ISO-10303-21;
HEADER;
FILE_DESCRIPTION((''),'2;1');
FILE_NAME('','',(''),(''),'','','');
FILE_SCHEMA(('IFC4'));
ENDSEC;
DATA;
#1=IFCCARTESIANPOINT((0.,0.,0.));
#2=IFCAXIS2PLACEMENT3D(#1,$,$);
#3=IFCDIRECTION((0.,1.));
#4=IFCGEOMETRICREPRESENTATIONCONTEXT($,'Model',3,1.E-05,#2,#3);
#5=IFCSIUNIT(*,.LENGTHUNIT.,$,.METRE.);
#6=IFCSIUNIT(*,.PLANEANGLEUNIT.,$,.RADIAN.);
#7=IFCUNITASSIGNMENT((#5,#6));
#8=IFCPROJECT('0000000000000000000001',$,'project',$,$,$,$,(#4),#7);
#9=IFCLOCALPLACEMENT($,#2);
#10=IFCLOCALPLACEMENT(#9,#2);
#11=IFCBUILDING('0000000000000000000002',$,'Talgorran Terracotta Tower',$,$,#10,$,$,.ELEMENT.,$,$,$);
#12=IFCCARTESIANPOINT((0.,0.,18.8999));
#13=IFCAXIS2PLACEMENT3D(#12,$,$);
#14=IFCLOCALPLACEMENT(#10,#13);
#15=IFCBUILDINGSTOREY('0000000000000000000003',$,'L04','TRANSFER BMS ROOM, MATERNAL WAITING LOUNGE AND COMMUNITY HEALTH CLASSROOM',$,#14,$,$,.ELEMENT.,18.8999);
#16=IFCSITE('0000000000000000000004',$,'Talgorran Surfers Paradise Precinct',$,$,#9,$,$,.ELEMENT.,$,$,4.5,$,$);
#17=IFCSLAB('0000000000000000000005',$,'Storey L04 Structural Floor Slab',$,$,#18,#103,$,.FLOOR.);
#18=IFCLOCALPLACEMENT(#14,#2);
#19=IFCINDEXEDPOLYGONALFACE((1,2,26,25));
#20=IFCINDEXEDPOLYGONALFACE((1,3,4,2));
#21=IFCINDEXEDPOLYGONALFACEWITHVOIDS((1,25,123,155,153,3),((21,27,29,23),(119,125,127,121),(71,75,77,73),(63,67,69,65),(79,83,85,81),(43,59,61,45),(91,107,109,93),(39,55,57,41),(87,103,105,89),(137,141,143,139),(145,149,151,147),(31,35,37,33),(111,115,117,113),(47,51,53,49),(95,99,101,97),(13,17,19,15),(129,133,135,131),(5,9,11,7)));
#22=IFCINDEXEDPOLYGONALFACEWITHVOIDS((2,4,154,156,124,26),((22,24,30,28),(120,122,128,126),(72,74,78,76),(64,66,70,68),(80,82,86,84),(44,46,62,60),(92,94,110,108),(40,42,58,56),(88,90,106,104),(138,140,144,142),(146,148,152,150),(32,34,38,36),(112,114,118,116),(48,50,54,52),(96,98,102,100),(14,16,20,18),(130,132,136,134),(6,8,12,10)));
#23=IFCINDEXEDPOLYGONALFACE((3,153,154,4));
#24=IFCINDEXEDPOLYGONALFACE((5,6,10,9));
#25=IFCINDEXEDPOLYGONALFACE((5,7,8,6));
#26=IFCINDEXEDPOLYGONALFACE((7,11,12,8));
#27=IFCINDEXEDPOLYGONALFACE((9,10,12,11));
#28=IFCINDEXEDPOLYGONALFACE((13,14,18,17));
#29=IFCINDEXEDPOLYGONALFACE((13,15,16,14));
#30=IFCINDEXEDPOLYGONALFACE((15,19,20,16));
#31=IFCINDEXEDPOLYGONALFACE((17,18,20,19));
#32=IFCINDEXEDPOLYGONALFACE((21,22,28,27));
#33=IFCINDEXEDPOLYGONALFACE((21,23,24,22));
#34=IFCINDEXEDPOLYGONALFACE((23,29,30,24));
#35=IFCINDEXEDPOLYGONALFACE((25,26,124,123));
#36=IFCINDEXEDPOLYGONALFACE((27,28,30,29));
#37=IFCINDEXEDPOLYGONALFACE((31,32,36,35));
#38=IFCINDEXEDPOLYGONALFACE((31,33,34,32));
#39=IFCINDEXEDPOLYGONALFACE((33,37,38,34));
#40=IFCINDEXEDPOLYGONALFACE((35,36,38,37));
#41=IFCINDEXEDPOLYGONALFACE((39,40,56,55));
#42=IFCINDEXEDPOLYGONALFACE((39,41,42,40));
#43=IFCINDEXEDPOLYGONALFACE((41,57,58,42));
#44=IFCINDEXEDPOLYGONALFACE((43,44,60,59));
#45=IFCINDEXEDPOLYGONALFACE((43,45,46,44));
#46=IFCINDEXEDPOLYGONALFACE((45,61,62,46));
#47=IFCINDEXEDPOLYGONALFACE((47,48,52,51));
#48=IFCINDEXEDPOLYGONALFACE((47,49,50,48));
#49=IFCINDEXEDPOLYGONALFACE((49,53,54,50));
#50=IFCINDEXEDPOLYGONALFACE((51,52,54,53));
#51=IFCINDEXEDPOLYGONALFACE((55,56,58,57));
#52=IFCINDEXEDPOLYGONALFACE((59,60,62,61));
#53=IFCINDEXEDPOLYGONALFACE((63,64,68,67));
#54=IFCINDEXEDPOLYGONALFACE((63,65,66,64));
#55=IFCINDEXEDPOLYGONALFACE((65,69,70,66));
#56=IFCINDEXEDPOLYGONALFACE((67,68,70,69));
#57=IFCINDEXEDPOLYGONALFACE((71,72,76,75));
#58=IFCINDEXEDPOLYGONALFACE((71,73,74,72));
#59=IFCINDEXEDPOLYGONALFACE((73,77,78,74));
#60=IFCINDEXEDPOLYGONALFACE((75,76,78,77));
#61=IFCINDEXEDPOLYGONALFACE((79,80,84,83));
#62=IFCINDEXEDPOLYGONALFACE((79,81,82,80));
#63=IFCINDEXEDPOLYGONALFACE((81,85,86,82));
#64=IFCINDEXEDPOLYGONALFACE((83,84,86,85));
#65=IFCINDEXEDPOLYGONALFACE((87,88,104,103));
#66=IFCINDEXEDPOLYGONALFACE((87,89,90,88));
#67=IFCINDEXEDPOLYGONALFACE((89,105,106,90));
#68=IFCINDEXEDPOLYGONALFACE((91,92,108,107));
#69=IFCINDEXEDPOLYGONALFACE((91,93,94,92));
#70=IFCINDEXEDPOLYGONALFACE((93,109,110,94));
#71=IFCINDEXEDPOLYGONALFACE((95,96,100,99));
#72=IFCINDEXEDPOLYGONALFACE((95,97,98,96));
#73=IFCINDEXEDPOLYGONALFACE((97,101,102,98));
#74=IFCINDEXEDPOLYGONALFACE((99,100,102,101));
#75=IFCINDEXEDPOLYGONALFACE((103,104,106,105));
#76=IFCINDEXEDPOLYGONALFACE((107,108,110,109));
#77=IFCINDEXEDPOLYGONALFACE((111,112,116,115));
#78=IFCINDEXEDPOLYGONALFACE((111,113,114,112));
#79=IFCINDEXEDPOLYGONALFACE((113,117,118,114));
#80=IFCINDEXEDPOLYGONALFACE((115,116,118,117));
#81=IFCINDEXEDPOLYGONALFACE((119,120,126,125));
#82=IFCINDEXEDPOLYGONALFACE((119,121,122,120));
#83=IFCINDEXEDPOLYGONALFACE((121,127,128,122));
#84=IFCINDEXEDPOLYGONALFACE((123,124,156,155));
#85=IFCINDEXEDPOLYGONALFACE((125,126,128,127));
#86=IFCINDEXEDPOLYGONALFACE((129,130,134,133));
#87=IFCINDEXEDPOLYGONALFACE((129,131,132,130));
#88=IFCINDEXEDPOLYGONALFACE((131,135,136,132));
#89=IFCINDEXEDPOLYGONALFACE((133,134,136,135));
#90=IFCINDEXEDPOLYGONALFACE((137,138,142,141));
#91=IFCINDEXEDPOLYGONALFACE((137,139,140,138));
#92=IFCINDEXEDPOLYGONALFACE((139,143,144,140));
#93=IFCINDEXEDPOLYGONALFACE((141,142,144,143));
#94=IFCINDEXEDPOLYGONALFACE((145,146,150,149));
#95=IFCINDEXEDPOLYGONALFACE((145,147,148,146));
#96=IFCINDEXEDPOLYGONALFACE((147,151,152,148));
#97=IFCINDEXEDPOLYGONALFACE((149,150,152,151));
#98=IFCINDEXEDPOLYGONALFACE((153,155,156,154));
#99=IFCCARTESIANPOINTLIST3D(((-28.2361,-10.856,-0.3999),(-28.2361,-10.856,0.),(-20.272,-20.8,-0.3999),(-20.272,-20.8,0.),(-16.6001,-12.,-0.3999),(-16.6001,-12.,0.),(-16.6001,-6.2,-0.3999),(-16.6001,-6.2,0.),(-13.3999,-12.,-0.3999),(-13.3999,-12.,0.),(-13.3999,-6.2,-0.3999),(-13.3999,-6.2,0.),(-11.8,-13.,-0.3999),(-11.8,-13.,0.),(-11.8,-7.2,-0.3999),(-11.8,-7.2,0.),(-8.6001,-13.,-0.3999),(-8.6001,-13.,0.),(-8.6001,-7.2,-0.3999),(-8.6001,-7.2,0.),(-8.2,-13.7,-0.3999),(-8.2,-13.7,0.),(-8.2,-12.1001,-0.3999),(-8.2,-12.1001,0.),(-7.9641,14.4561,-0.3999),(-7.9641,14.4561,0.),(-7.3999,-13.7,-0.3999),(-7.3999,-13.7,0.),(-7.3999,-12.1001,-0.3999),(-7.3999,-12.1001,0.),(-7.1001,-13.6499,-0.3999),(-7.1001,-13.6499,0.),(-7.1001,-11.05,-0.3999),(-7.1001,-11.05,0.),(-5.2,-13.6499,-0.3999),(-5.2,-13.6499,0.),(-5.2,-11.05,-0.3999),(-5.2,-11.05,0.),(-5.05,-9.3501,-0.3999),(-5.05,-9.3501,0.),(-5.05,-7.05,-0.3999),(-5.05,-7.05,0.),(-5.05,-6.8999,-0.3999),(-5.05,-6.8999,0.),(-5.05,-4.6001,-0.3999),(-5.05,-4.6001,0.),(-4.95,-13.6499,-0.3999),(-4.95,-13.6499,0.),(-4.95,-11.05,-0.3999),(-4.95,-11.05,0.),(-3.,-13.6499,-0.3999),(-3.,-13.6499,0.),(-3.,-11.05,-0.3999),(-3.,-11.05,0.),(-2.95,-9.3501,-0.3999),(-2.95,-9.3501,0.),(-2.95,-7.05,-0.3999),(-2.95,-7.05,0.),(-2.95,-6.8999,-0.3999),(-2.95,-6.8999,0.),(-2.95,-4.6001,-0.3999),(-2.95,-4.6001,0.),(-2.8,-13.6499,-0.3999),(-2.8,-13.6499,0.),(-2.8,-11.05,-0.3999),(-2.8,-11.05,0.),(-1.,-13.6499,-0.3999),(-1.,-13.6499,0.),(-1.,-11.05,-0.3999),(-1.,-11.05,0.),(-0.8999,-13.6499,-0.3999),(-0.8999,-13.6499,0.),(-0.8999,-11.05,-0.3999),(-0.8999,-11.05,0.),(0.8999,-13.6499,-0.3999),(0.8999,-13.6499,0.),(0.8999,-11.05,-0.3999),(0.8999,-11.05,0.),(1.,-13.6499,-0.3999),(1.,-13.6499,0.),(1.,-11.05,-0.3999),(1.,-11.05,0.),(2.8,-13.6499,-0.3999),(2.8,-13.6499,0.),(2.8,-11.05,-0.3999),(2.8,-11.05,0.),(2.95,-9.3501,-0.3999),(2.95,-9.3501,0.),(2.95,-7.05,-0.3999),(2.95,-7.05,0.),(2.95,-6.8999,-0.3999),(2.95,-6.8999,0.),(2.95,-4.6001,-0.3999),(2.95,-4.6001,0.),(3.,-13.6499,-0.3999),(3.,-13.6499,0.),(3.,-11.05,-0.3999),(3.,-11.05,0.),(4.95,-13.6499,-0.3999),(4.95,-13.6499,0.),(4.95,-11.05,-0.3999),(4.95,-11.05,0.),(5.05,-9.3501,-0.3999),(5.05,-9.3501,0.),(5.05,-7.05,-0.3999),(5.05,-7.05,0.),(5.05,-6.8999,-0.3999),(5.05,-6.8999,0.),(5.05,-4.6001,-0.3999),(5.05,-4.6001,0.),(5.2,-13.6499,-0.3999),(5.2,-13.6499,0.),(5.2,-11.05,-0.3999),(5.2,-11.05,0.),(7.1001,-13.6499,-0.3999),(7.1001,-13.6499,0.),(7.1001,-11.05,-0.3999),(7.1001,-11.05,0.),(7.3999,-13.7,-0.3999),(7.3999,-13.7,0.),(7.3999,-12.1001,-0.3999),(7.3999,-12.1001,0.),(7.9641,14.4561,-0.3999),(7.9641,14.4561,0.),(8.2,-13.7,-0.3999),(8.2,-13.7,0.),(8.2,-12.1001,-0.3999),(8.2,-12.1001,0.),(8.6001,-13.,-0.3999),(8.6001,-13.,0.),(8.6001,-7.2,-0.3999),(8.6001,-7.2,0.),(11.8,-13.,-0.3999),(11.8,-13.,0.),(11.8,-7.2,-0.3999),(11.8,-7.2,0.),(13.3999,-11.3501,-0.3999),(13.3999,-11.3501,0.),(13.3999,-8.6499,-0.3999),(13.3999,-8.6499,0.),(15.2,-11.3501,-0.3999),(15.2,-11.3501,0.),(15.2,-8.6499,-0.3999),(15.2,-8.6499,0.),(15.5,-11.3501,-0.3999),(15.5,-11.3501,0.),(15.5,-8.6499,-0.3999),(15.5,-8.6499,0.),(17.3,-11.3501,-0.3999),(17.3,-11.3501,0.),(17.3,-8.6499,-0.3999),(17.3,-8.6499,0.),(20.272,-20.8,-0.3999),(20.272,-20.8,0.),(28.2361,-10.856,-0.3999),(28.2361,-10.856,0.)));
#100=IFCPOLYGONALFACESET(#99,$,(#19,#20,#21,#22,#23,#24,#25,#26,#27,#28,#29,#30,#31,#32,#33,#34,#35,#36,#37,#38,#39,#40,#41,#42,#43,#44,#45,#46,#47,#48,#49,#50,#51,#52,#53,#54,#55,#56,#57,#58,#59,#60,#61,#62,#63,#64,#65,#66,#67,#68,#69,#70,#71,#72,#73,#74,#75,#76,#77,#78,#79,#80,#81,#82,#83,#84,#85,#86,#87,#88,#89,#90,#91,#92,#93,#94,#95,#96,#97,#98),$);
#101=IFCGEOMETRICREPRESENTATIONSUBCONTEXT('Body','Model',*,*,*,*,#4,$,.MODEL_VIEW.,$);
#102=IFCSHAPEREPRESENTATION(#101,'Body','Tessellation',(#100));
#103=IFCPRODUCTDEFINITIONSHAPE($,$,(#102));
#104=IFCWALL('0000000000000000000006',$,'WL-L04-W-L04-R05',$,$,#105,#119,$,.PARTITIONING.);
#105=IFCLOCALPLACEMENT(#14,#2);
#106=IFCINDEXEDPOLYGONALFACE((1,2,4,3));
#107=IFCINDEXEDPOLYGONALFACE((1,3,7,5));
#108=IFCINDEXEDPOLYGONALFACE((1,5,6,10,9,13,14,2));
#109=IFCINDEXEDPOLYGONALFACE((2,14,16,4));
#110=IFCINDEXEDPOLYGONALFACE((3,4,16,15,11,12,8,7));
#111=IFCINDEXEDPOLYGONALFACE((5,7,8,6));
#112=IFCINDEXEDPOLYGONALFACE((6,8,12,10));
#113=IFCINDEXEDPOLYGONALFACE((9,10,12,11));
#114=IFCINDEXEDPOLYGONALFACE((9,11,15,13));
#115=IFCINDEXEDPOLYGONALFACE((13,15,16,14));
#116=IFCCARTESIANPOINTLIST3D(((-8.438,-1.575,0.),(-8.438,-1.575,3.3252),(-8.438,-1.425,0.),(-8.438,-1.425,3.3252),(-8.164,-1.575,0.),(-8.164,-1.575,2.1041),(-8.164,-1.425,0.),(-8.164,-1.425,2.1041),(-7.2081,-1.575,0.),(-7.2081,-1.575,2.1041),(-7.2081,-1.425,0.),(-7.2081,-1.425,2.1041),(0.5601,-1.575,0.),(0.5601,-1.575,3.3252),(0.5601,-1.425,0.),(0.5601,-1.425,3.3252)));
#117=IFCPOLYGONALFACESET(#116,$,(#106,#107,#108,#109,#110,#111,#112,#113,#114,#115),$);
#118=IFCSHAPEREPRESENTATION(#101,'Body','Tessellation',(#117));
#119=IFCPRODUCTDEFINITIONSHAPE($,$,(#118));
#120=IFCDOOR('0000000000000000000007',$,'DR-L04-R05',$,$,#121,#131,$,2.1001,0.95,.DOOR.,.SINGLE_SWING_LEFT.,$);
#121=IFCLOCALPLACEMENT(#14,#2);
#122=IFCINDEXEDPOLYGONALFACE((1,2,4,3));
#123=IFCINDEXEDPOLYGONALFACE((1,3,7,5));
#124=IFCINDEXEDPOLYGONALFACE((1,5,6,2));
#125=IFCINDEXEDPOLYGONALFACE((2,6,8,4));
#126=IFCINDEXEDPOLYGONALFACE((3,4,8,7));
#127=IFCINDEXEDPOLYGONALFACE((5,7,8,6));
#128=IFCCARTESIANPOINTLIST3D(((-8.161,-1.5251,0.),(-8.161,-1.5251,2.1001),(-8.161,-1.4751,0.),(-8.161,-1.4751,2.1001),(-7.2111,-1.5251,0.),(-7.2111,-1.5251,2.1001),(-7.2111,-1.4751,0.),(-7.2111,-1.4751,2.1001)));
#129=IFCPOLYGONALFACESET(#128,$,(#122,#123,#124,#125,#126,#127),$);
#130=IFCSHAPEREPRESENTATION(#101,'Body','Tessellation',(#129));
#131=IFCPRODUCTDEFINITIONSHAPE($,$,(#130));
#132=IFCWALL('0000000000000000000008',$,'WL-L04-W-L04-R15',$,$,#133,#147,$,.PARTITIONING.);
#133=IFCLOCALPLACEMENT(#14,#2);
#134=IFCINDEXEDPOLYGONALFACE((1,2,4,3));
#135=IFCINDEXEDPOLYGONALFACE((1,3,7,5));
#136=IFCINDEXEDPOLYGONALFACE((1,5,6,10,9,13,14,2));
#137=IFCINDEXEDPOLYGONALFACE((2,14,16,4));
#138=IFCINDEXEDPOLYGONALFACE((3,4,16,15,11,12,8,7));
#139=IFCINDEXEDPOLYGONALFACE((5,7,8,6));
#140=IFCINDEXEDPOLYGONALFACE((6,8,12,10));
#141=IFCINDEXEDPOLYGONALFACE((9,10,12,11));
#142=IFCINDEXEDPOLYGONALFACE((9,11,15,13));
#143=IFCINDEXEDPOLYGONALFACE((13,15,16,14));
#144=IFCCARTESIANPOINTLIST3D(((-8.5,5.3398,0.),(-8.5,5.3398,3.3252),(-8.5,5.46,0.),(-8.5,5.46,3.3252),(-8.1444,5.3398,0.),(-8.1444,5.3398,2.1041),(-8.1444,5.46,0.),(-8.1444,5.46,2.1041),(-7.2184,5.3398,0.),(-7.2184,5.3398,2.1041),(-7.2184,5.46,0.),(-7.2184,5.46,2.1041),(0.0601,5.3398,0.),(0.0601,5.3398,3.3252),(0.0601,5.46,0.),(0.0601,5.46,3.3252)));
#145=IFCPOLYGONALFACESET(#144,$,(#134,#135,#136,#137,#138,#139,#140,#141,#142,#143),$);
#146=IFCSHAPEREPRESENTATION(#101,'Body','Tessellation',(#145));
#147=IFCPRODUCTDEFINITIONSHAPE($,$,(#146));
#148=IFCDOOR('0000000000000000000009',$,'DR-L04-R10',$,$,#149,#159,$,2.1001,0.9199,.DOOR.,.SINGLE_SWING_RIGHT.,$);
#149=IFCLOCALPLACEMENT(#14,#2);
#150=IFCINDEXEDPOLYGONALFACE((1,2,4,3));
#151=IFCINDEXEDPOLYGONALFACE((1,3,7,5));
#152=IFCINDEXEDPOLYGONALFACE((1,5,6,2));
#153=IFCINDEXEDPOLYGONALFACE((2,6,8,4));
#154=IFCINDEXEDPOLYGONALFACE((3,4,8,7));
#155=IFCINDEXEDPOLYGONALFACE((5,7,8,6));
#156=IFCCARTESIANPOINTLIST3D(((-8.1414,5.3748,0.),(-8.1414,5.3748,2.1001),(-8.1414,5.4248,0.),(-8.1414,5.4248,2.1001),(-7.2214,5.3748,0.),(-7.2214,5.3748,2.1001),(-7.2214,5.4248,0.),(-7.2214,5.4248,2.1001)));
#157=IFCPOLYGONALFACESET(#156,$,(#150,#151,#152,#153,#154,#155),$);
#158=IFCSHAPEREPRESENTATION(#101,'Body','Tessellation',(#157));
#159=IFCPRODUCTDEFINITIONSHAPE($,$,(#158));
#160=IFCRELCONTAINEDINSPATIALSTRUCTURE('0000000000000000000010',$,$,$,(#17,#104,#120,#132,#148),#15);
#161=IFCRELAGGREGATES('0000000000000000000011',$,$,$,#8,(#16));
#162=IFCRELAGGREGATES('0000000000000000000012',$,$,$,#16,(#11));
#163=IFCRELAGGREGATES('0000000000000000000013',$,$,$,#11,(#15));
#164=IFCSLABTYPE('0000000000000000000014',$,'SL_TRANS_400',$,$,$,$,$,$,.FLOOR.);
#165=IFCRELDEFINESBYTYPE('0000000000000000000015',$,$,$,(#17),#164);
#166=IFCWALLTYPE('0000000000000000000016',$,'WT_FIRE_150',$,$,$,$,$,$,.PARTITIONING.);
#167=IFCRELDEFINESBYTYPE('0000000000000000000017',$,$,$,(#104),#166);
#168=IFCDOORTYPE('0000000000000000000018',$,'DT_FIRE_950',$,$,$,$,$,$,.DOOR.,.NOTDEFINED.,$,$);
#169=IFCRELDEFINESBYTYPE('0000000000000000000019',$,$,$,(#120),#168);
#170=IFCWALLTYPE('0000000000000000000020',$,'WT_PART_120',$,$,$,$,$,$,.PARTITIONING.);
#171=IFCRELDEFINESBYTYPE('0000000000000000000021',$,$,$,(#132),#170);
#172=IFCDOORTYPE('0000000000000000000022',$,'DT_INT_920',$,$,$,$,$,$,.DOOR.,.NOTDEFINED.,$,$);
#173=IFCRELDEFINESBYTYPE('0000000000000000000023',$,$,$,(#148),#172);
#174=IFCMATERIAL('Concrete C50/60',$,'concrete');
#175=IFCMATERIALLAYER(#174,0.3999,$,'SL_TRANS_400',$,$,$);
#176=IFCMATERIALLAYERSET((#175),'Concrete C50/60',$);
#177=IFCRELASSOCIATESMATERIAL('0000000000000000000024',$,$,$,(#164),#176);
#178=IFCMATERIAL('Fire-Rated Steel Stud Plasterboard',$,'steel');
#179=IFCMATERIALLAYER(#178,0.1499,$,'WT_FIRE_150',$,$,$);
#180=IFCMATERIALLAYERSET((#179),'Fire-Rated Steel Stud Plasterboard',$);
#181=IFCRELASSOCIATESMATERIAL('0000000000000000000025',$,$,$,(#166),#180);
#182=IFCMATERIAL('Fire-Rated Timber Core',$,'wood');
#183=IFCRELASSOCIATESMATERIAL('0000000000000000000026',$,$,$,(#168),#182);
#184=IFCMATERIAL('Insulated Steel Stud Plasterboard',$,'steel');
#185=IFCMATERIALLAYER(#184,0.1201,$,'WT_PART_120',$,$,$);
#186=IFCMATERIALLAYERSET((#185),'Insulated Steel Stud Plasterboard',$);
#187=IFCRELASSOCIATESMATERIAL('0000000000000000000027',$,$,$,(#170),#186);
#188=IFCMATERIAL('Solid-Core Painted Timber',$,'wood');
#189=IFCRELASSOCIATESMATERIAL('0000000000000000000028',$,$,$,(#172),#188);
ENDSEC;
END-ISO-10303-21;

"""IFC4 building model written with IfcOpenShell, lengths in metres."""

from ifc_helpers import new_model, si_unit, direction, frame, frame_2d, origin, place, context, subcontext, project, spatial, polyline, rectangle, outline, extrude, material, layer, layer_set, type_object, element, fill, save


model = new_model("IFC4")

# Units and contexts
model_context = context("Model", 3, precision=1e-05, world=origin(), true_north=direction((0.0, 1.0)))
body_context = subcontext(model_context, "Body", "Model", "MODEL_VIEW")
ifc_project = project(units=[si_unit("LENGTHUNIT", "METRE"), si_unit("PLANEANGLEUNIT", "RADIAN")], contexts=[model_context])

# Site, building, storey
site_placement = place(None, origin())
site = spatial("IfcSite", under=ifc_project, at=site_placement, Name="Talgorran Surfers Paradise Precinct", CompositionType="ELEMENT", RefElevation=4.5)
building_placement = place(site_placement, origin())
building = spatial("IfcBuilding", under=site, at=building_placement, Name="Talgorran Terracotta Tower", CompositionType="ELEMENT")
storey_placement = place(building_placement, frame((0.0, 0.0, 18.8999)))
storey = spatial("IfcBuildingStorey", under=building, at=storey_placement, Name="L04", Description="TRANSFER BMS ROOM, MATERNAL WAITING LOUNGE AND COMMUNITY HEALTH CLASSROOM", CompositionType="ELEMENT", Elevation=18.8999)

# Slab
ifc_material_1 = material(Name="Concrete C50/60", Category="concrete")
ifc_layer_1 = layer(ifc_material_1, 0.3999, Name="SL_TRANS_400")
ifc_layer_set_1 = layer_set([ifc_layer_1], Name="Concrete C50/60")
slab_type = type_object("IfcSlabType", Name="SL_TRANS_400", PredefinedType="FLOOR", material=ifc_layer_set_1)
slab_placement = place(storey_placement, frame((0.0, 0.0, -0.3999)))
element("IfcSlab", 1, at=slab_placement, inside=storey, type_object=slab_type, Name="Storey L04 Structural Floor Slab", PredefinedType="FLOOR", context=body_context, shape_type="SweptSolid", body=[
    extrude(outline(polyline([(-28.2361, -10.856), (-20.272, -20.8), (20.272, -20.8), (28.2361, -10.856), (7.9641, 14.4561), (-7.9641, 14.4561), (-28.2361, -10.856)]), holes=[polyline([(-11.8, -7.2), (-11.8, -13.0), (-8.6001, -13.0), (-8.6001, -7.2), (-11.8, -7.2)]), polyline([(8.6001, -7.2), (8.6001, -13.0), (11.8, -13.0), (11.8, -7.2), (8.6001, -7.2)]), polyline([(-16.6001, -6.2), (-16.6001, -12.0), (-13.3999, -12.0), (-13.3999, -6.2), (-16.6001, -6.2)]), polyline([(-7.1001, -13.6499), (-5.2, -13.6499), (-5.2, -11.05), (-7.1001, -11.05), (-7.1001, -13.6499)]), polyline([(5.2, -13.6499), (7.1001, -13.6499), (7.1001, -11.05), (5.2, -11.05), (5.2, -13.6499)]), polyline([(3.0, -13.6499), (4.95, -13.6499), (4.95, -11.05), (3.0, -11.05), (3.0, -13.6499)]), polyline([(-4.95, -13.6499), (-3.0, -13.6499), (-3.0, -11.05), (-4.95, -11.05), (-4.95, -13.6499)]), polyline([(-5.05, -9.3501), (-2.95, -9.3501), (-2.95, -7.05), (-5.05, -7.05), (-5.05, -9.3501)]), polyline([(-5.05, -6.8999), (-2.95, -6.8999), (-2.95, -4.6001), (-5.05, -4.6001), (-5.05, -6.8999)]), polyline([(2.95, -9.3501), (5.05, -9.3501), (5.05, -7.05), (2.95, -7.05), (2.95, -9.3501)]), polyline([(2.95, -6.8999), (5.05, -6.8999), (5.05, -4.6001), (2.95, -4.6001), (2.95, -6.8999)]), polyline([(-2.8, -13.6499), (-1.0, -13.6499), (-1.0, -11.05), (-2.8, -11.05), (-2.8, -13.6499)]), polyline([(-0.8999, -13.6499), (0.8999, -13.6499), (0.8999, -11.05), (-0.8999, -11.05), (-0.8999, -13.6499)]), polyline([(1.0, -13.6499), (2.8, -13.6499), (2.8, -11.05), (1.0, -11.05), (1.0, -13.6499)]), polyline([(13.3999, -11.3501), (15.2, -11.3501), (15.2, -8.6499), (13.3999, -8.6499), (13.3999, -11.3501)]), polyline([(15.5, -11.3501), (17.3, -11.3501), (17.3, -8.6499), (15.5, -8.6499), (15.5, -11.3501)]), polyline([(-8.2, -13.7), (-7.3999, -13.7), (-7.3999, -12.1001), (-8.2, -12.1001), (-8.2, -13.7)]), polyline([(7.3999, -13.7), (8.2, -13.7), (8.2, -12.1001), (7.3999, -12.1001), (7.3999, -13.7)])]), origin(), (0.0, 0.0, 1.0), 0.3999),
])

# Walls, openings, doors
ifc_material_2 = material(Name="Fire-Rated Steel Stud Plasterboard", Category="steel")
ifc_layer_2 = layer(ifc_material_2, 0.1499, Name="WT_FIRE_150")
ifc_layer_set_2 = layer_set([ifc_layer_2], Name="Fire-Rated Steel Stud Plasterboard")
wall_type_1 = type_object("IfcWallType", Name="WT_FIRE_150", PredefinedType="PARTITIONING", material=ifc_layer_set_2)
wall_1_placement = place(storey_placement, frame((-8.438, -1.5, 0.0), z_axis=(0.0, 0.0, 1.0), x_axis=(1.0, 0.0, 0.0)))
wall_1 = element("IfcWall", 2, at=wall_1_placement, inside=storey, type_object=wall_type_1, Name="WL-L04-W-L04-R05", PredefinedType="PARTITIONING", context=body_context, shape_type="SweptSolid", body=[
    extrude(rectangle(XDim=8.998, YDim=0.1499, at=frame_2d((4.499, 0.0))), origin(), (0.0, 0.0, 1.0), 3.3252),
])
opening_1_placement = place(wall_1_placement, frame((0.2769, 0.0, 0.0)))
opening_1 = element("IfcOpeningElement", 3, at=opening_1_placement, cuts=wall_1, PredefinedType="OPENING", context=body_context, shape_type="SweptSolid", body=[
    extrude(rectangle(XDim=0.956, YDim=2.1041, at=frame_2d((0.4751, 1.052))), frame((0.0, 0.085, 0.0), z_axis=(0.0, -1.0, 0.0), x_axis=(1.0, 0.0, 0.0)), (0.0, 0.0, 1.0), 0.1699),
])
ifc_material_3 = material(Name="Fire-Rated Timber Core", Category="wood")
door_type_1 = type_object("IfcDoorType", Name="DT_FIRE_950", OperationType="NOTDEFINED", PredefinedType="DOOR", material=ifc_material_3)
door_1_placement = place(opening_1_placement, origin())
door_1 = element("IfcDoor", 4, at=door_1_placement, inside=storey, type_object=door_type_1, Name="DR-L04-R05", OperationType="SINGLE_SWING_LEFT", OverallHeight=2.1001, OverallWidth=0.95, PredefinedType="DOOR", context=body_context, shape_type="SweptSolid", body=[
    extrude(rectangle(XDim=0.95, YDim=2.1001, at=frame_2d((0.4751, 1.05))), frame((0.0, 0.0249, 0.0), z_axis=(0.0, -1.0, 0.0), x_axis=(1.0, 0.0, 0.0)), (0.0, 0.0, 1.0), 0.05),
])
fill(opening_1, door_1)
ifc_material_4 = material(Name="Insulated Steel Stud Plasterboard", Category="steel")
ifc_layer_3 = layer(ifc_material_4, 0.1201, Name="WT_PART_120")
ifc_layer_set_3 = layer_set([ifc_layer_3], Name="Insulated Steel Stud Plasterboard")
wall_type_2 = type_object("IfcWallType", Name="WT_PART_120", PredefinedType="PARTITIONING", material=ifc_layer_set_3)
wall_2_placement = place(storey_placement, frame((-8.5, 5.3999, 0.0), z_axis=(0.0, 0.0, 1.0), x_axis=(1.0, 0.0, 0.0)))
wall_2 = element("IfcWall", 5, at=wall_2_placement, inside=storey, type_object=wall_type_2, Name="WL-L04-W-L04-R15", PredefinedType="PARTITIONING", context=body_context, shape_type="SweptSolid", body=[
    extrude(rectangle(XDim=8.5601, YDim=0.1201, at=frame_2d((4.28, 0.0))), origin(), (0.0, 0.0, 1.0), 3.3252),
])
opening_2_placement = place(wall_2_placement, frame((0.3586, 0.0, 0.0)))
opening_2 = element("IfcOpeningElement", 6, at=opening_2_placement, cuts=wall_2, PredefinedType="OPENING", context=body_context, shape_type="SweptSolid", body=[
    extrude(rectangle(XDim=0.9259, YDim=2.1041, at=frame_2d((0.46, 1.052))), frame((0.0, 0.0701, 0.0), z_axis=(0.0, -1.0, 0.0), x_axis=(1.0, 0.0, 0.0)), (0.0, 0.0, 1.0), 0.1401),
])
ifc_material_5 = material(Name="Solid-Core Painted Timber", Category="wood")
door_type_2 = type_object("IfcDoorType", Name="DT_INT_920", OperationType="NOTDEFINED", PredefinedType="DOOR", material=ifc_material_5)
door_2_placement = place(opening_2_placement, origin())
door_2 = element("IfcDoor", 7, at=door_2_placement, inside=storey, type_object=door_type_2, Name="DR-L04-R10", OperationType="SINGLE_SWING_RIGHT", OverallHeight=2.1001, OverallWidth=0.9199, PredefinedType="DOOR", context=body_context, shape_type="SweptSolid", body=[
    extrude(rectangle(XDim=0.9199, YDim=2.1001, at=frame_2d((0.46, 1.05))), frame((0.0, 0.0249, 0.0), z_axis=(0.0, -1.0, 0.0), x_axis=(1.0, 0.0, 0.0)), (0.0, 0.0, 1.0), 0.05),
])
fill(opening_2, door_2)

save(model, "model.ifc")
